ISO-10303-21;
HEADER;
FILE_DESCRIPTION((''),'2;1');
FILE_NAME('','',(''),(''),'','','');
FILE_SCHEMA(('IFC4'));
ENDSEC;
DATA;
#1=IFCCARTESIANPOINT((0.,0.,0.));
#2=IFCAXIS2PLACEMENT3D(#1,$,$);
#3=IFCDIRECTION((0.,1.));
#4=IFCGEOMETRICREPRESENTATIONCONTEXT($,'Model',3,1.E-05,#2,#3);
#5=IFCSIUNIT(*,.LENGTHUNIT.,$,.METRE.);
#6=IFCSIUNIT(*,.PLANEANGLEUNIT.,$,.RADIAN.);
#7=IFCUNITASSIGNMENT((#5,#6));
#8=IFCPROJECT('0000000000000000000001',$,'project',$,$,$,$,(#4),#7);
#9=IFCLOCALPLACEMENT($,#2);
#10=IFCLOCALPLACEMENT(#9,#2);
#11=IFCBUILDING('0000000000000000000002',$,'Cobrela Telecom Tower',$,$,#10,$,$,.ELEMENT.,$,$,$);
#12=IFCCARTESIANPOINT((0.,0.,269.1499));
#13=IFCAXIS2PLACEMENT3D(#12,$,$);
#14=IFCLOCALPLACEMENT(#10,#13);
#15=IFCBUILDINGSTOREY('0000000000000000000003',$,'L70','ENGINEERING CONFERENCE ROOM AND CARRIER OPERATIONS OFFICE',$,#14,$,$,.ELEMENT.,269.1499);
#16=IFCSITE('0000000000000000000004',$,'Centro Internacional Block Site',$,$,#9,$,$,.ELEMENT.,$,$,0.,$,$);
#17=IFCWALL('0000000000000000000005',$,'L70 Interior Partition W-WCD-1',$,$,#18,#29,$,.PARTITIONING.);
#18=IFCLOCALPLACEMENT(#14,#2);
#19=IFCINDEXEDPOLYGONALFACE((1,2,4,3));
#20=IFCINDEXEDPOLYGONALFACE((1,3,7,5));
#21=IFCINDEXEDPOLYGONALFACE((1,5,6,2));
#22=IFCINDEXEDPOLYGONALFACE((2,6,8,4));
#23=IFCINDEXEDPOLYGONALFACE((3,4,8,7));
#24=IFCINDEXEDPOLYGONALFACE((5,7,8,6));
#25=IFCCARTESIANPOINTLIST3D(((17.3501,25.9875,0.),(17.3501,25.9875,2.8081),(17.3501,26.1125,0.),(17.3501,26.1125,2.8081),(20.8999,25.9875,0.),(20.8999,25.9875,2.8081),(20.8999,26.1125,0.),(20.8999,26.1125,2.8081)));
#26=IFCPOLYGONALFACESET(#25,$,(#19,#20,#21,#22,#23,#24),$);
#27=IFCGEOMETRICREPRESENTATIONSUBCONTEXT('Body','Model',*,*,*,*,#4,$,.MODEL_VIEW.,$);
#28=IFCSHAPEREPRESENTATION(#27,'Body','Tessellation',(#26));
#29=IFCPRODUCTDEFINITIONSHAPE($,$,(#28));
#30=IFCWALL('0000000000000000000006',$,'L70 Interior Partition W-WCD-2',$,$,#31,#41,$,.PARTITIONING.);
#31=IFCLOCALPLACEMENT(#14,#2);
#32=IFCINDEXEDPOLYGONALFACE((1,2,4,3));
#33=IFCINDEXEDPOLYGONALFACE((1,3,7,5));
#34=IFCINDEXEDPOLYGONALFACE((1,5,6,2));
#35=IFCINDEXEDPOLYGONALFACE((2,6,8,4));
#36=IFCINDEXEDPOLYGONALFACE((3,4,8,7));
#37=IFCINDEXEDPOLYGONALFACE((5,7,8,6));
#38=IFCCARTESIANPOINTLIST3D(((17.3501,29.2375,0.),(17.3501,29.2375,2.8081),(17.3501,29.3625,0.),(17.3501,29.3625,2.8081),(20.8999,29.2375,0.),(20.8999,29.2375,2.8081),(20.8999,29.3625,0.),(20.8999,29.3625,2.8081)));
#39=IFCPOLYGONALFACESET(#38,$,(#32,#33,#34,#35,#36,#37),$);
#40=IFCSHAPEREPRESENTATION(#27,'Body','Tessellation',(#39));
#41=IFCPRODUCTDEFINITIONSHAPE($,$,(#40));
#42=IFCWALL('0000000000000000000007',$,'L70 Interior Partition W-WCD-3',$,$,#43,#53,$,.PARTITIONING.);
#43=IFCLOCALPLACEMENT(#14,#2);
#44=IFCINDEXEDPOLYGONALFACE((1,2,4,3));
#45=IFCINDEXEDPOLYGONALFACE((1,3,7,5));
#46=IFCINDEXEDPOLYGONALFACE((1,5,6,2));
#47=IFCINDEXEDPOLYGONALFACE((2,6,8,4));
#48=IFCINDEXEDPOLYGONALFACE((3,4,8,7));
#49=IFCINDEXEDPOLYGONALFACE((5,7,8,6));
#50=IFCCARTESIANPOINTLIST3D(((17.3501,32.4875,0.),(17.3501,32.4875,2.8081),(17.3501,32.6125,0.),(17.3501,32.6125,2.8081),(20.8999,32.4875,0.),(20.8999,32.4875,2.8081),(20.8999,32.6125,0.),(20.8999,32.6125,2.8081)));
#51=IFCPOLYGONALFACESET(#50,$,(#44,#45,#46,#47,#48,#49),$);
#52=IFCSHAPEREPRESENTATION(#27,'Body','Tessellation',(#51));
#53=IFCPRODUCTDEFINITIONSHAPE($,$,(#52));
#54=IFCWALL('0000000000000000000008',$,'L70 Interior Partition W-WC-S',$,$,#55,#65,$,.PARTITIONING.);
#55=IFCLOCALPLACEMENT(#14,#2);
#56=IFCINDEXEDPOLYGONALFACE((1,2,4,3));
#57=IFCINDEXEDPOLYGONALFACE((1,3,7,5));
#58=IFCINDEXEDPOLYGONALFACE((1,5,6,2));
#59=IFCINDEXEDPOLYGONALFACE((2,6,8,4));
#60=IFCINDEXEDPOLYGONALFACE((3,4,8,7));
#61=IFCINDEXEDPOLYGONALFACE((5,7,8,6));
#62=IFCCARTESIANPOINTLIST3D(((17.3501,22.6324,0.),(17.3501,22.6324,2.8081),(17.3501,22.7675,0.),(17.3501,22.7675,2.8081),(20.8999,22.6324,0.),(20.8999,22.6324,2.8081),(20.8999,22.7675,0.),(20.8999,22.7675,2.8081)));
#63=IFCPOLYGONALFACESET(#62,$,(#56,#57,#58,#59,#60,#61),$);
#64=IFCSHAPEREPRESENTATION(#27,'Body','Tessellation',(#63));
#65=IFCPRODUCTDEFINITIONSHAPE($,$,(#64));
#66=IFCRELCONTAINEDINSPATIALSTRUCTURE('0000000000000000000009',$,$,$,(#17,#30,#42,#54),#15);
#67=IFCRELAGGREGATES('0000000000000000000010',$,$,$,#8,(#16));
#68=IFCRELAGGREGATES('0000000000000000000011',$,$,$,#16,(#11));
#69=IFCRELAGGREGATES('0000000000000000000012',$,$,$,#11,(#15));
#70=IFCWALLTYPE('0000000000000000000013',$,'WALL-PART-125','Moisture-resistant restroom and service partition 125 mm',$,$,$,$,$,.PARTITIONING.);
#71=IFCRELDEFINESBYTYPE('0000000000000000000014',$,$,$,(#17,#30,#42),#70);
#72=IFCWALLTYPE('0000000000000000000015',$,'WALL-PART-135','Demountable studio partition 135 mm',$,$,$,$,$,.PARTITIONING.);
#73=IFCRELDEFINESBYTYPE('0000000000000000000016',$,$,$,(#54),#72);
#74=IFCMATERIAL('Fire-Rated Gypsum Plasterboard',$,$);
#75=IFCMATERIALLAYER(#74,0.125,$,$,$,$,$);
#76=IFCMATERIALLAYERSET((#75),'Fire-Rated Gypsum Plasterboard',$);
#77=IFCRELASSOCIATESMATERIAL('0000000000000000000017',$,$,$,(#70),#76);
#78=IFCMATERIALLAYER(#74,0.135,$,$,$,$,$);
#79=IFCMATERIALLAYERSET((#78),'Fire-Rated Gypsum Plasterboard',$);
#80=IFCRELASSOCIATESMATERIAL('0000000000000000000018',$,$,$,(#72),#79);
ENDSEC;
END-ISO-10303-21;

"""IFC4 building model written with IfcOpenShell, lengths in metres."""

from ifc_helpers import new_model, si_unit, direction, frame, frame_2d, origin, place, context, subcontext, project, spatial, rectangle, extrude, material, layer, layer_set, type_object, element, save


model = new_model("IFC4")

# Units and contexts
model_context = context("Model", 3, precision=1e-05, world=origin(), true_north=direction((0.0, 1.0)))
body_context = subcontext(model_context, "Body", "Model", "MODEL_VIEW")
ifc_project = project(units=[si_unit("LENGTHUNIT", "METRE"), si_unit("PLANEANGLEUNIT", "RADIAN")], contexts=[model_context])

# Site, building, storey
site_placement = place(None, origin())
site = spatial("IfcSite", under=ifc_project, at=site_placement, Name="Centro Internacional Block Site", CompositionType="ELEMENT", RefElevation=0.0)
building_placement = place(site_placement, origin())
building = spatial("IfcBuilding", under=site, at=building_placement, Name="Cobrela Telecom Tower", CompositionType="ELEMENT")
storey_placement = place(building_placement, frame((0.0, 0.0, 269.1499)))
storey = spatial("IfcBuildingStorey", under=building, at=storey_placement, Name="L70", Description="ENGINEERING CONFERENCE ROOM AND CARRIER OPERATIONS OFFICE", CompositionType="ELEMENT", Elevation=269.1499)

# Walls
ifc_material_1 = material(Name="Fire-Rated Gypsum Plasterboard")
ifc_layer_1 = layer(ifc_material_1, 0.125)
ifc_layer_set_1 = layer_set([ifc_layer_1], Name="Fire-Rated Gypsum Plasterboard")
wall_type_1 = type_object("IfcWallType", Name="WALL-PART-125", Description="Moisture-resistant restroom and service partition 125 mm", PredefinedType="PARTITIONING", material=ifc_layer_set_1)
for number, where, z_axis, x_axis, name in (
    (1, (17.3501, 26.05, 0.0), (0.0, 0.0, 1.0), (1.0, 0.0, 0.0), "L70 Interior Partition W-WCD-1"),
    (2, (17.3501, 29.3, 0.0), (0.0, 0.0, 1.0), (1.0, 0.0, 0.0), "L70 Interior Partition W-WCD-2"),
    (3, (17.3501, 32.55, 0.0), (0.0, 0.0, 1.0), (1.0, 0.0, 0.0), "L70 Interior Partition W-WCD-3"),
):
    element("IfcWall", number, at=place(storey_placement, frame(where, z_axis=z_axis, x_axis=x_axis)), inside=storey, type_object=wall_type_1, Name=name, PredefinedType="PARTITIONING", context=body_context, shape_type="SweptSolid", body=[
        extrude(rectangle(XDim=3.5498, YDim=0.125, at=frame_2d((1.7749, 0.0))), origin(), (0.0, 0.0, 1.0), 2.8081),
    ])
ifc_layer_2 = layer(ifc_material_1, 0.135)
ifc_layer_set_2 = layer_set([ifc_layer_2], Name="Fire-Rated Gypsum Plasterboard")
wall_type_2 = type_object("IfcWallType", Name="WALL-PART-135", Description="Demountable studio partition 135 mm", PredefinedType="PARTITIONING", material=ifc_layer_set_2)
wall_1_placement = place(storey_placement, frame((17.3501, 22.7, 0.0), z_axis=(0.0, 0.0, 1.0), x_axis=(1.0, 0.0, 0.0)))
element("IfcWall", 4, at=wall_1_placement, inside=storey, type_object=wall_type_2, Name="L70 Interior Partition W-WC-S", PredefinedType="PARTITIONING", context=body_context, shape_type="SweptSolid", body=[
    extrude(rectangle(XDim=3.5498, YDim=0.135, at=frame_2d((1.7749, 0.0))), origin(), (0.0, 0.0, 1.0), 2.8081),
])

save(model, "model.ifc")
